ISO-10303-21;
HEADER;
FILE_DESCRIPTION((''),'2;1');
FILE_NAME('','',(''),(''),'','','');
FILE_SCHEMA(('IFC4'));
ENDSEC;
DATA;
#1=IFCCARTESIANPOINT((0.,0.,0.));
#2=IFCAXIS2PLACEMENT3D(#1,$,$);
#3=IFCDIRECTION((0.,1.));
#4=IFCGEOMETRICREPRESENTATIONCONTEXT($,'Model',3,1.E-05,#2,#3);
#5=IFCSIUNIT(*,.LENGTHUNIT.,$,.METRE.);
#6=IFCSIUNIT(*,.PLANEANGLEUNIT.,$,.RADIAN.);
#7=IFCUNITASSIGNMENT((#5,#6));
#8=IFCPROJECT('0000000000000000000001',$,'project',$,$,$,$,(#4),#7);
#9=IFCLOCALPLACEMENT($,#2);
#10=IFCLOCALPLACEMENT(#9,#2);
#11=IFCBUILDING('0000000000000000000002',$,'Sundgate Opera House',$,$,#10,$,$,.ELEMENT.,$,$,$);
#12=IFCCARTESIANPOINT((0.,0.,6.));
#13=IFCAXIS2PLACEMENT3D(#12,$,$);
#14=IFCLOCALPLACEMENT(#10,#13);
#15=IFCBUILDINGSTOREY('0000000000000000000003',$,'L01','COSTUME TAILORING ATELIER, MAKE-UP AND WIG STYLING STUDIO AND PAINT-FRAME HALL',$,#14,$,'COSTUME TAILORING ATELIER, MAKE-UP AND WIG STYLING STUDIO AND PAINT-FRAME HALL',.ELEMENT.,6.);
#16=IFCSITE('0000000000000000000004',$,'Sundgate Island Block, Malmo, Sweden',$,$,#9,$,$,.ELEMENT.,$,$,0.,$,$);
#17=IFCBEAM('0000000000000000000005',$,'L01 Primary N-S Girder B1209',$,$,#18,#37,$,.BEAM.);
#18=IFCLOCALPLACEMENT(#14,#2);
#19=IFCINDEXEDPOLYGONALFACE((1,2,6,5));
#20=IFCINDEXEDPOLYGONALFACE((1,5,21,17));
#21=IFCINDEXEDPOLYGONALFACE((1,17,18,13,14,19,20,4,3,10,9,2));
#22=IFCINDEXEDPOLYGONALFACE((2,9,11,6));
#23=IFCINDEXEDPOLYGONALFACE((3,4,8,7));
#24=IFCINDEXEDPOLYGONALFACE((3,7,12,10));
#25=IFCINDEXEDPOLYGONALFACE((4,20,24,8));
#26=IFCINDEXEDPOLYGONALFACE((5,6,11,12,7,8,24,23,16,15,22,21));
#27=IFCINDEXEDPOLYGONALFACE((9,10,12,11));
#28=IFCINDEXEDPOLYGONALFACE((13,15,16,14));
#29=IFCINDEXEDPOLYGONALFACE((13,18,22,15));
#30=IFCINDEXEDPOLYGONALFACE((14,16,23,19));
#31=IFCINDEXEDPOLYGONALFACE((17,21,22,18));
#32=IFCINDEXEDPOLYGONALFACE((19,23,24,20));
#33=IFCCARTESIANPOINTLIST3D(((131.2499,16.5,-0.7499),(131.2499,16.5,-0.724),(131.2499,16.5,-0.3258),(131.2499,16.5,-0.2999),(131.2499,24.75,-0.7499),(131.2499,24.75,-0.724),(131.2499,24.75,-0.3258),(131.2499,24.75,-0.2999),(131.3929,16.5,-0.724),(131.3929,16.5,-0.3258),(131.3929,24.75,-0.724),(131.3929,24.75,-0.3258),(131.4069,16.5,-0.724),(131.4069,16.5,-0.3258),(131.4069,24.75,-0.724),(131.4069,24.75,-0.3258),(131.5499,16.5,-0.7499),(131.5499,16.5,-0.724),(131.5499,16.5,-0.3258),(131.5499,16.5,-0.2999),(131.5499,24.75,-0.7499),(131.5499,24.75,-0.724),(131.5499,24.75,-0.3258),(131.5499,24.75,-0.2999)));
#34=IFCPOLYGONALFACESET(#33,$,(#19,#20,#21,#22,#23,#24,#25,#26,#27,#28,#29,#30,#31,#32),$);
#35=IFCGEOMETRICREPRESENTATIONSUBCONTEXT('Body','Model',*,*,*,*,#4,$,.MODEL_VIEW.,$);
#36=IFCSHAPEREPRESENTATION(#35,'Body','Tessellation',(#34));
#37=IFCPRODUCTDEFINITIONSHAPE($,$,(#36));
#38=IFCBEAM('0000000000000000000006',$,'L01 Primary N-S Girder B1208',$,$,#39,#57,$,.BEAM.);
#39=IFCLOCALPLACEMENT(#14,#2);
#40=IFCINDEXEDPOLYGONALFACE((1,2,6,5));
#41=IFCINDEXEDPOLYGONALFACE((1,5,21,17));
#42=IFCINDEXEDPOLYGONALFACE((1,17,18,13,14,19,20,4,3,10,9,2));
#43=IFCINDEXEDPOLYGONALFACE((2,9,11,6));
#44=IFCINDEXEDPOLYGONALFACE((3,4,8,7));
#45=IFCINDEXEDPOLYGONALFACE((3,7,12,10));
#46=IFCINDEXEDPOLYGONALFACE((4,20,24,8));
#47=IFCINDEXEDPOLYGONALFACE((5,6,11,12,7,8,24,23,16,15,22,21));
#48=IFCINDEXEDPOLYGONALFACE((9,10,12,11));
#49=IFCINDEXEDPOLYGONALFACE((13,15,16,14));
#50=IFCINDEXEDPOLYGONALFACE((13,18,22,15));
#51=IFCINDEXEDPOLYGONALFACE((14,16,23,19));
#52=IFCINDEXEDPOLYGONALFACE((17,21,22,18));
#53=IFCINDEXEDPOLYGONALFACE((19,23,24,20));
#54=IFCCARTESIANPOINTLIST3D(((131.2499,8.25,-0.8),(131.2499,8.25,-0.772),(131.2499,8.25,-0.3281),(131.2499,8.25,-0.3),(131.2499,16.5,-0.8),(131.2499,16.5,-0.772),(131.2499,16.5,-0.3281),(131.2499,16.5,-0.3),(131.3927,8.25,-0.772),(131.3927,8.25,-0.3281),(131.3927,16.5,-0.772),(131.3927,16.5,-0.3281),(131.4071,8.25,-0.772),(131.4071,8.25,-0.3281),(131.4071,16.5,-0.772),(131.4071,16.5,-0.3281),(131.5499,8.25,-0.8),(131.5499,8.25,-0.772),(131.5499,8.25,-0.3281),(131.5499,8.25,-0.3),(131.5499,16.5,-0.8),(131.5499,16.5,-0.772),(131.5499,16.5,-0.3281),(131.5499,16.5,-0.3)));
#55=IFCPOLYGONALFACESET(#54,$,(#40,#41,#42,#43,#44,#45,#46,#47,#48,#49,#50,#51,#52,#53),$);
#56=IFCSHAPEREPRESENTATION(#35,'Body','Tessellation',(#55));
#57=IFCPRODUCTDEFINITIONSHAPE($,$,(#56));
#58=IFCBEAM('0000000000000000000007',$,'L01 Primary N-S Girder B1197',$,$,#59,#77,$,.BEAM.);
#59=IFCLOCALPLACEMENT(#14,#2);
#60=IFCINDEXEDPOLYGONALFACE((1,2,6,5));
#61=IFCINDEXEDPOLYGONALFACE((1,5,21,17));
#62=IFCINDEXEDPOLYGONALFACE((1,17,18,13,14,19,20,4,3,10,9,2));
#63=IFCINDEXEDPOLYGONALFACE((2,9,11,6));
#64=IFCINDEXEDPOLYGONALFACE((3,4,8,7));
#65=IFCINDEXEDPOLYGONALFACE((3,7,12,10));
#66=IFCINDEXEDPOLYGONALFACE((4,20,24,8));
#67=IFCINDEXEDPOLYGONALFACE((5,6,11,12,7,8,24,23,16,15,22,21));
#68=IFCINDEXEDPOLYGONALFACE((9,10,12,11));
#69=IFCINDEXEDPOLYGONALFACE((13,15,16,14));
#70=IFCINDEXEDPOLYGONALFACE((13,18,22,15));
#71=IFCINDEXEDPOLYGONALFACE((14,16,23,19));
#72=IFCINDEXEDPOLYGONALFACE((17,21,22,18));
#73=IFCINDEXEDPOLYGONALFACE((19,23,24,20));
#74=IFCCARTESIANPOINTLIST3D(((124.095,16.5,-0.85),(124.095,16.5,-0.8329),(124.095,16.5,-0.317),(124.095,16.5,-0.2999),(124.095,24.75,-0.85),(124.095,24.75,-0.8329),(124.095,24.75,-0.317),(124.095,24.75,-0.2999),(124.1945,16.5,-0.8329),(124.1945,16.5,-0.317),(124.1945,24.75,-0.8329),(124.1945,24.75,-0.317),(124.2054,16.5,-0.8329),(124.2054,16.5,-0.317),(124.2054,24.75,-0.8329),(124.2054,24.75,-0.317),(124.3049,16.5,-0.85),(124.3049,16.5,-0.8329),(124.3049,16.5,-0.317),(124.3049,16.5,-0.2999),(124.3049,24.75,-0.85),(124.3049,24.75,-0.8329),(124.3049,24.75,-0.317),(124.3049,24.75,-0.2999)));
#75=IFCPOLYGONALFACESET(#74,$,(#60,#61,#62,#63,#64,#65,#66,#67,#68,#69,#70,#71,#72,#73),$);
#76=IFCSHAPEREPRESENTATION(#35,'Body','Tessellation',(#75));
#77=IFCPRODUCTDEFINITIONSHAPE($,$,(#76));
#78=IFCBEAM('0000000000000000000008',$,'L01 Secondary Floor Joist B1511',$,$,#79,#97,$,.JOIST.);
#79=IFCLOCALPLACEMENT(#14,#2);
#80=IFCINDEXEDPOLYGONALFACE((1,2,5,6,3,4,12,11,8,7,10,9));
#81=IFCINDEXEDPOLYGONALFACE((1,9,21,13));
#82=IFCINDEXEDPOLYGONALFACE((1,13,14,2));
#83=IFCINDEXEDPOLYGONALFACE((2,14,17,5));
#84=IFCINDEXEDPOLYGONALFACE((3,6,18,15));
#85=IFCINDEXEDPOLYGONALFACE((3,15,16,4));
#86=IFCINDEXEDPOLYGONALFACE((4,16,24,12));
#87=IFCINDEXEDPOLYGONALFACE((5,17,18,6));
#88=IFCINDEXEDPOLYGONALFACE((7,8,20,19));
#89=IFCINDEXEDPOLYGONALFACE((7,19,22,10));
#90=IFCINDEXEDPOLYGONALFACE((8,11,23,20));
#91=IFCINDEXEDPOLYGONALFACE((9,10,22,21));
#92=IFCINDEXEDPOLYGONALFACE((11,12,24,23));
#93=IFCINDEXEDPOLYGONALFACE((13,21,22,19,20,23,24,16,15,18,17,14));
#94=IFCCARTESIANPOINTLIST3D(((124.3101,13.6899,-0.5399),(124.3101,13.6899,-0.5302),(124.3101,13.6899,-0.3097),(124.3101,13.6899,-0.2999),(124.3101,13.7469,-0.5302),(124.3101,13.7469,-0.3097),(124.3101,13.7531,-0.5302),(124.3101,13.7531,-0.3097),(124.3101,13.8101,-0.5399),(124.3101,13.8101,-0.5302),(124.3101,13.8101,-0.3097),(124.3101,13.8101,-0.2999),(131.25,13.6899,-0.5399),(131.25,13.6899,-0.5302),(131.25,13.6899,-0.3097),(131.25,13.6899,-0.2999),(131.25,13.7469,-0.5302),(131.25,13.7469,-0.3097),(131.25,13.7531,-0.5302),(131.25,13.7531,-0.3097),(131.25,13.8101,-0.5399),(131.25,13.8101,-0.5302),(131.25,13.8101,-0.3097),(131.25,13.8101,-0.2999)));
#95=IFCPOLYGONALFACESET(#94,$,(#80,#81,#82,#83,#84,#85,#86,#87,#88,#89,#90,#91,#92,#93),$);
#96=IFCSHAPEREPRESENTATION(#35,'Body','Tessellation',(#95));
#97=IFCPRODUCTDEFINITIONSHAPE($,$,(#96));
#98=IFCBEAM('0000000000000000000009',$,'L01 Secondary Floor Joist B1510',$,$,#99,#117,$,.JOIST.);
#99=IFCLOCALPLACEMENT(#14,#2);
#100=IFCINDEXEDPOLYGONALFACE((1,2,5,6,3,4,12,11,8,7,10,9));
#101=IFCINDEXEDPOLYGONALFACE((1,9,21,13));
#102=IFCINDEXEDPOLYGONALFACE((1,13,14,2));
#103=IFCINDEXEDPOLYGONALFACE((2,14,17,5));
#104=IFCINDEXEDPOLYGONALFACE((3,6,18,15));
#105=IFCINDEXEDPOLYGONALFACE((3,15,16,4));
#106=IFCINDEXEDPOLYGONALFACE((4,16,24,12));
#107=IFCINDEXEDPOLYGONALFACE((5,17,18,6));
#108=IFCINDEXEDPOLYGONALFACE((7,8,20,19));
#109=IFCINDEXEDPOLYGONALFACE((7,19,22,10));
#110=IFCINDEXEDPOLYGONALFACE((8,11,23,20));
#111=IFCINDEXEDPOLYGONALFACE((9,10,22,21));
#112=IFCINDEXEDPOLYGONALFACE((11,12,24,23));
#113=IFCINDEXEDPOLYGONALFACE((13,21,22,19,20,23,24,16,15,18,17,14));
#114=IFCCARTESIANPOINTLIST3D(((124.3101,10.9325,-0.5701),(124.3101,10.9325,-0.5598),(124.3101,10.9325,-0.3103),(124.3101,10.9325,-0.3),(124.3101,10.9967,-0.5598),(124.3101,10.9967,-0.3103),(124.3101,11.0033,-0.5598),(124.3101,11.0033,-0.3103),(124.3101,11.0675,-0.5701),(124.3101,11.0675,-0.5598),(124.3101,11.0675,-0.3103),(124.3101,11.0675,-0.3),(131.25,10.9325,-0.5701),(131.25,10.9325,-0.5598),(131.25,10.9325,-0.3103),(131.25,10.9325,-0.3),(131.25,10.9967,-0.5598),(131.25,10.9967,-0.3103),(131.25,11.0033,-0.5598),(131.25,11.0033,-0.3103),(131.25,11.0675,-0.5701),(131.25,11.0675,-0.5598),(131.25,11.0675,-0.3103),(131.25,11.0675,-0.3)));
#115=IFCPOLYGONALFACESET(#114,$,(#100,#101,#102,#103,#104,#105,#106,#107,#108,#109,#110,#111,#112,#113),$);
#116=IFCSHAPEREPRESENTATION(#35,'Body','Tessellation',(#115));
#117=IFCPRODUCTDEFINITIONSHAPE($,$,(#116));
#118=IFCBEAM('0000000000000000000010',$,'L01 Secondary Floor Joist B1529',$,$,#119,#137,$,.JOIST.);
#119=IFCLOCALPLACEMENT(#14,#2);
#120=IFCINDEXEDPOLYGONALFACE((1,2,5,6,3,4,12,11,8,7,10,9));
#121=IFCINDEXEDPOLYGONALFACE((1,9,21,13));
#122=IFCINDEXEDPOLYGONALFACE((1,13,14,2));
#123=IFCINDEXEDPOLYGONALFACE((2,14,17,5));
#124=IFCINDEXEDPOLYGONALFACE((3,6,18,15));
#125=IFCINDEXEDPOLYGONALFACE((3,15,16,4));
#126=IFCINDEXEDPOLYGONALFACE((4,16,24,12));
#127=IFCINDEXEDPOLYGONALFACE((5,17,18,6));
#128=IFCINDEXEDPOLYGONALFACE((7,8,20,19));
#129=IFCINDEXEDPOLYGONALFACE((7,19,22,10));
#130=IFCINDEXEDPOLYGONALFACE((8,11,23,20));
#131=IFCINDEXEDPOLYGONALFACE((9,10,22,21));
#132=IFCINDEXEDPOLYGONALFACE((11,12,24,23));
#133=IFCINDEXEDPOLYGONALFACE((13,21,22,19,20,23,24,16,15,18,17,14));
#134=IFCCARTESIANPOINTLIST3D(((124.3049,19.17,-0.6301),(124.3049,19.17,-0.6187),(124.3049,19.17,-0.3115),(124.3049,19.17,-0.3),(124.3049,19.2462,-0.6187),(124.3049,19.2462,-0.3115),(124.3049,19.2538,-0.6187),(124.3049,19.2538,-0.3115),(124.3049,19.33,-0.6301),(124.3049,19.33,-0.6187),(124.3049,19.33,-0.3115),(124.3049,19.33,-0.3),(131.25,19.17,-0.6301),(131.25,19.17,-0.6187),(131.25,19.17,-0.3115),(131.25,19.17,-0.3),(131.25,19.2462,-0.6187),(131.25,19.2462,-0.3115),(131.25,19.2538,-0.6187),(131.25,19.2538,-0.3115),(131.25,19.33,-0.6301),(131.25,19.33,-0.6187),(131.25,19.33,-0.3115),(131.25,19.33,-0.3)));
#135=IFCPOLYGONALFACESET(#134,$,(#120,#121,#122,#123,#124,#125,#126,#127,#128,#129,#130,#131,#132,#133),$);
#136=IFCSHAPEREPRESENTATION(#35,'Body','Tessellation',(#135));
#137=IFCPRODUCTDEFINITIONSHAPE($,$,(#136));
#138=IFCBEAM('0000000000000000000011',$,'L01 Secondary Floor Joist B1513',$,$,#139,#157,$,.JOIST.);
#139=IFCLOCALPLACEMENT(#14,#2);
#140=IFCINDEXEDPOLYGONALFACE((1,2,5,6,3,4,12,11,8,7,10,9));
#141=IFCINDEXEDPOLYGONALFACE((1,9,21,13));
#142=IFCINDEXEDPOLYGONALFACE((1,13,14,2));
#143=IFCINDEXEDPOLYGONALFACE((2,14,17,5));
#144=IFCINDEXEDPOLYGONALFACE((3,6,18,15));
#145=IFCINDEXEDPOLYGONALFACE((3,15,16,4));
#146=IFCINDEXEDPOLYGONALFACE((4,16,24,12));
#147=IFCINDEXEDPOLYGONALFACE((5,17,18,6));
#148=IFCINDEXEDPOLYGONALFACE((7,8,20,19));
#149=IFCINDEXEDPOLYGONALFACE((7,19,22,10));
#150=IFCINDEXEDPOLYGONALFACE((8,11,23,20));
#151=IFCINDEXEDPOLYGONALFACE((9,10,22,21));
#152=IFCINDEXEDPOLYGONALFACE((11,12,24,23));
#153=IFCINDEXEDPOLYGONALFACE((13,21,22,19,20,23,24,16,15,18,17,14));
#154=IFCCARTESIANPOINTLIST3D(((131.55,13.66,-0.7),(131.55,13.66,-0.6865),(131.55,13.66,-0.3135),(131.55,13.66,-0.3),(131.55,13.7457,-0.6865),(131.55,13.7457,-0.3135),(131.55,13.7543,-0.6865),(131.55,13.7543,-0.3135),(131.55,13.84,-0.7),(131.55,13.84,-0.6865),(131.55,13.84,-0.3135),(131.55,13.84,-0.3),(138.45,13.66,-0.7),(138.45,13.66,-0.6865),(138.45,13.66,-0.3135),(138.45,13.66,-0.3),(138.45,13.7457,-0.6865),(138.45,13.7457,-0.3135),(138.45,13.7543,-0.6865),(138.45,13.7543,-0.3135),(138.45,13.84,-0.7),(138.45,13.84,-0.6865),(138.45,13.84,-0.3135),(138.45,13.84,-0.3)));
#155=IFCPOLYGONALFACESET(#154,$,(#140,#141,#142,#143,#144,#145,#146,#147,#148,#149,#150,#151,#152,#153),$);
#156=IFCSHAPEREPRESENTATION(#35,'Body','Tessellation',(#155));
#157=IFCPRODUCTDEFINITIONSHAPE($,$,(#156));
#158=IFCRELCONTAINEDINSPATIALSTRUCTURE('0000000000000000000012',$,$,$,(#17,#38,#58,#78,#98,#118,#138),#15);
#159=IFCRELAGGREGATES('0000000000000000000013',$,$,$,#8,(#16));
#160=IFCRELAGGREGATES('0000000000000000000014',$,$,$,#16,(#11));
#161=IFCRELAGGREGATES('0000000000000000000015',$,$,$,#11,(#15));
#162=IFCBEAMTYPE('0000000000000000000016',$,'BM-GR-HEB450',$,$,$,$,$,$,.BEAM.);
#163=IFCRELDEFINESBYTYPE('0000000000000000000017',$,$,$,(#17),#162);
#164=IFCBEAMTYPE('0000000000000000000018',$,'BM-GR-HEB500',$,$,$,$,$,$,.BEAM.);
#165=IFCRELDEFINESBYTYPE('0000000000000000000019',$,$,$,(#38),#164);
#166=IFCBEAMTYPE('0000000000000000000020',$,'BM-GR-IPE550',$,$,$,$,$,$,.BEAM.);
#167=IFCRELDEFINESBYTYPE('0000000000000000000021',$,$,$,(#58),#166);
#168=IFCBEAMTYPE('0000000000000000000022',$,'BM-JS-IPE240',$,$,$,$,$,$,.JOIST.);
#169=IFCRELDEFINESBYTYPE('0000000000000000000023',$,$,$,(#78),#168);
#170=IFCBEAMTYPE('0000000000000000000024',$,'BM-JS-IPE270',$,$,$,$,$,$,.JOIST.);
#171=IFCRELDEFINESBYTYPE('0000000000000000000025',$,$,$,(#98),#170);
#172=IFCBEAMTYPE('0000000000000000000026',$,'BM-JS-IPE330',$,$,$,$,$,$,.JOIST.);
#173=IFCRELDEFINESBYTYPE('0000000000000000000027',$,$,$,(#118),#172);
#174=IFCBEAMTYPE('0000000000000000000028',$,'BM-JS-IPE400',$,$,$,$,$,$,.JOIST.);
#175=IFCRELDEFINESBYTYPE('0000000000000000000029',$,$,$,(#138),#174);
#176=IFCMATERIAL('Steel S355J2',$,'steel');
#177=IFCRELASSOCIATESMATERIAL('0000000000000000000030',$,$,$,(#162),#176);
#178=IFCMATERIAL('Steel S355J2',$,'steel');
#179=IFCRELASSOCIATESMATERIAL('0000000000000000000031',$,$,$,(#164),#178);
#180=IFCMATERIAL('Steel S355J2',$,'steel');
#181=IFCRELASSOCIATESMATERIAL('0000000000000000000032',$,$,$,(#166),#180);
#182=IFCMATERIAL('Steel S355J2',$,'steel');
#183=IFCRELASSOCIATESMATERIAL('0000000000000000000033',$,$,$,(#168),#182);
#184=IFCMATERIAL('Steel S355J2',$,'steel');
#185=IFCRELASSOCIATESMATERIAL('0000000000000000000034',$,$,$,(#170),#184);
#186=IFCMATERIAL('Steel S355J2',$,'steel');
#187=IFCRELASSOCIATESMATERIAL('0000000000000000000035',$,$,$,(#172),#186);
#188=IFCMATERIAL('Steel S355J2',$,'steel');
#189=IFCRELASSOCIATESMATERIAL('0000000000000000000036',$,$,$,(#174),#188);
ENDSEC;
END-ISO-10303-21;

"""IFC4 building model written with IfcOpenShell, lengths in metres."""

from ifc_helpers import new_model, si_unit, direction, frame, origin, origin_2d, place, context, subcontext, project, spatial, i_section, extrude, material, material_profile, profile_set, type_object, element, save


model = new_model("IFC4")

# Units and contexts
model_context = context("Model", 3, precision=1e-05, world=origin(), true_north=direction((0.0, 1.0)))
body_context = subcontext(model_context, "Body", "Model", "MODEL_VIEW")
ifc_project = project(units=[si_unit("LENGTHUNIT", "METRE"), si_unit("PLANEANGLEUNIT", "RADIAN")], contexts=[model_context])

# Site, building, storey
site_placement = place(None, origin())
site = spatial("IfcSite", under=ifc_project, at=site_placement, Name="Sundgate Island Block, Malmo, Sweden", CompositionType="ELEMENT", RefElevation=0.0)
building_placement = place(site_placement, origin())
building = spatial("IfcBuilding", under=site, at=building_placement, Name="Sundgate Opera House", CompositionType="ELEMENT")
storey_placement = place(building_placement, frame((0.0, 0.0, 6.0)))
storey = spatial("IfcBuildingStorey", under=building, at=storey_placement, Name="L01", Description="COSTUME TAILORING ATELIER, MAKE-UP AND WIG STYLING STUDIO AND PAINT-FRAME HALL", LongName="COSTUME TAILORING ATELIER, MAKE-UP AND WIG STYLING STUDIO AND PAINT-FRAME HALL", CompositionType="ELEMENT", Elevation=6.0)

# Beams
ifc_material_1 = material(Name="Steel S355J2", Category="steel")
ifc_material_profile_1 = material_profile(ifc_material_1, i_section(OverallWidth=0.3, OverallDepth=0.45, WebThickness=0.0139, FlangeThickness=0.0259, at=origin_2d()), Name="HEB 450")
ifc_profile_set_1 = profile_set([ifc_material_profile_1], Name="Steel S355J2")
beam_type_1 = type_object("IfcBeamType", Name="BM-GR-HEB450", PredefinedType="BEAM", material=ifc_profile_set_1)
beam_1_placement = place(storey_placement, frame((131.3999, 16.5, -0.5249), z_axis=(0.0, 1.0, 0.0), x_axis=(-1.0, 0.0, 0.0)))
element("IfcBeam", 1, at=beam_1_placement, inside=storey, type_object=beam_type_1, Name="L01 Primary N-S Girder B1209", PredefinedType="BEAM", context=body_context, shape_type="SweptSolid", body=[
    extrude(i_section(OverallWidth=0.3, OverallDepth=0.45, WebThickness=0.0139, FlangeThickness=0.0259, at=origin_2d()), origin(), (0.0, 0.0, 1.0), 8.25),
])
ifc_material_2 = material(Name="Steel S355J2", Category="steel")
ifc_material_profile_2 = material_profile(ifc_material_2, i_section(OverallWidth=0.3, OverallDepth=0.5, WebThickness=0.0144, FlangeThickness=0.0281, at=origin_2d()), Name="HEB 500")
ifc_profile_set_2 = profile_set([ifc_material_profile_2], Name="Steel S355J2")
beam_type_2 = type_object("IfcBeamType", Name="BM-GR-HEB500", PredefinedType="BEAM", material=ifc_profile_set_2)
beam_2_placement = place(storey_placement, frame((131.3999, 8.25, -0.55), z_axis=(0.0, 1.0, 0.0), x_axis=(-1.0, 0.0, 0.0)))
element("IfcBeam", 2, at=beam_2_placement, inside=storey, type_object=beam_type_2, Name="L01 Primary N-S Girder B1208", PredefinedType="BEAM", context=body_context, shape_type="SweptSolid", body=[
    extrude(i_section(OverallWidth=0.3, OverallDepth=0.5, WebThickness=0.0144, FlangeThickness=0.0281, at=origin_2d()), origin(), (0.0, 0.0, 1.0), 8.25),
])
ifc_material_3 = material(Name="Steel S355J2", Category="steel")
ifc_material_profile_3 = material_profile(ifc_material_3, i_section(OverallWidth=0.21, OverallDepth=0.55, WebThickness=0.011, FlangeThickness=0.0171, at=origin_2d()), Name="IPE 550")
ifc_profile_set_3 = profile_set([ifc_material_profile_3], Name="Steel S355J2")
beam_type_3 = type_object("IfcBeamType", Name="BM-GR-IPE550", PredefinedType="BEAM", material=ifc_profile_set_3)
beam_3_placement = place(storey_placement, frame((124.2, 16.5, -0.575), z_axis=(0.0, 1.0, 0.0), x_axis=(-1.0, 0.0, 0.0)))
element("IfcBeam", 3, at=beam_3_placement, inside=storey, type_object=beam_type_3, Name="L01 Primary N-S Girder B1197", PredefinedType="BEAM", context=body_context, shape_type="SweptSolid", body=[
    extrude(i_section(OverallWidth=0.21, OverallDepth=0.55, WebThickness=0.011, FlangeThickness=0.0171, at=origin_2d()), origin(), (0.0, 0.0, 1.0), 8.25),
])
ifc_material_4 = material(Name="Steel S355J2", Category="steel")
ifc_material_profile_4 = material_profile(ifc_material_4, i_section(OverallWidth=0.1201, OverallDepth=0.24, WebThickness=0.0061, FlangeThickness=0.0098, at=origin_2d()), Name="IPE 240")
ifc_profile_set_4 = profile_set([ifc_material_profile_4], Name="Steel S355J2")
beam_type_4 = type_object("IfcBeamType", Name="BM-JS-IPE240", PredefinedType="JOIST", material=ifc_profile_set_4)
beam_4_placement = place(storey_placement, frame((124.3101, 13.75, -0.4199), z_axis=(1.0, 0.0, 0.0), x_axis=(0.0, 1.0, 0.0)))
element("IfcBeam", 4, at=beam_4_placement, inside=storey, type_object=beam_type_4, Name="L01 Secondary Floor Joist B1511", PredefinedType="JOIST", context=body_context, shape_type="SweptSolid", body=[
    extrude(i_section(OverallWidth=0.1201, OverallDepth=0.24, WebThickness=0.0061, FlangeThickness=0.0098, at=origin_2d()), origin(), (0.0, 0.0, 1.0), 6.9399),
])
ifc_material_5 = material(Name="Steel S355J2", Category="steel")
ifc_material_profile_5 = material_profile(ifc_material_5, i_section(OverallWidth=0.135, OverallDepth=0.27, WebThickness=0.0066, FlangeThickness=0.0103, at=origin_2d()), Name="IPE 270")
ifc_profile_set_5 = profile_set([ifc_material_profile_5], Name="Steel S355J2")
beam_type_5 = type_object("IfcBeamType", Name="BM-JS-IPE270", PredefinedType="JOIST", material=ifc_profile_set_5)
beam_5_placement = place(storey_placement, frame((124.3101, 11.0, -0.4351), z_axis=(1.0, 0.0, 0.0), x_axis=(0.0, 1.0, 0.0)))
element("IfcBeam", 5, at=beam_5_placement, inside=storey, type_object=beam_type_5, Name="L01 Secondary Floor Joist B1510", PredefinedType="JOIST", context=body_context, shape_type="SweptSolid", body=[
    extrude(i_section(OverallWidth=0.135, OverallDepth=0.27, WebThickness=0.0066, FlangeThickness=0.0103, at=origin_2d()), origin(), (0.0, 0.0, 1.0), 6.9399),
])
ifc_material_6 = material(Name="Steel S355J2", Category="steel")
ifc_material_profile_6 = material_profile(ifc_material_6, i_section(OverallWidth=0.1599, OverallDepth=0.3301, WebThickness=0.0076, FlangeThickness=0.0115, at=origin_2d()), Name="IPE 330")
ifc_profile_set_6 = profile_set([ifc_material_profile_6], Name="Steel S355J2")
beam_type_6 = type_object("IfcBeamType", Name="BM-JS-IPE330", PredefinedType="JOIST", material=ifc_profile_set_6)
beam_6_placement = place(storey_placement, frame((124.3049, 19.25, -0.4651), z_axis=(1.0, 0.0, 0.0), x_axis=(0.0, 1.0, 0.0)))
element("IfcBeam", 6, at=beam_6_placement, inside=storey, type_object=beam_type_6, Name="L01 Secondary Floor Joist B1529", PredefinedType="JOIST", context=body_context, shape_type="SweptSolid", body=[
    extrude(i_section(OverallWidth=0.1599, OverallDepth=0.3301, WebThickness=0.0076, FlangeThickness=0.0115, at=origin_2d()), origin(), (0.0, 0.0, 1.0), 6.9451),
])
ifc_material_7 = material(Name="Steel S355J2", Category="steel")
ifc_material_profile_7 = material_profile(ifc_material_7, i_section(OverallWidth=0.1799, OverallDepth=0.3999, WebThickness=0.0085, FlangeThickness=0.0134, at=origin_2d()), Name="IPE 400")
ifc_profile_set_7 = profile_set([ifc_material_profile_7], Name="Steel S355J2")
beam_type_7 = type_object("IfcBeamType", Name="BM-JS-IPE400", PredefinedType="JOIST", material=ifc_profile_set_7)
beam_7_placement = place(storey_placement, frame((131.55, 13.75, -0.5), z_axis=(1.0, 0.0, 0.0), x_axis=(0.0, 1.0, 0.0)))
element("IfcBeam", 7, at=beam_7_placement, inside=storey, type_object=beam_type_7, Name="L01 Secondary Floor Joist B1513", PredefinedType="JOIST", context=body_context, shape_type="SweptSolid", body=[
    extrude(i_section(OverallWidth=0.1799, OverallDepth=0.3999, WebThickness=0.0085, FlangeThickness=0.0134, at=origin_2d()), origin(), (0.0, 0.0, 1.0), 6.8999),
])

save(model, "model.ifc")
